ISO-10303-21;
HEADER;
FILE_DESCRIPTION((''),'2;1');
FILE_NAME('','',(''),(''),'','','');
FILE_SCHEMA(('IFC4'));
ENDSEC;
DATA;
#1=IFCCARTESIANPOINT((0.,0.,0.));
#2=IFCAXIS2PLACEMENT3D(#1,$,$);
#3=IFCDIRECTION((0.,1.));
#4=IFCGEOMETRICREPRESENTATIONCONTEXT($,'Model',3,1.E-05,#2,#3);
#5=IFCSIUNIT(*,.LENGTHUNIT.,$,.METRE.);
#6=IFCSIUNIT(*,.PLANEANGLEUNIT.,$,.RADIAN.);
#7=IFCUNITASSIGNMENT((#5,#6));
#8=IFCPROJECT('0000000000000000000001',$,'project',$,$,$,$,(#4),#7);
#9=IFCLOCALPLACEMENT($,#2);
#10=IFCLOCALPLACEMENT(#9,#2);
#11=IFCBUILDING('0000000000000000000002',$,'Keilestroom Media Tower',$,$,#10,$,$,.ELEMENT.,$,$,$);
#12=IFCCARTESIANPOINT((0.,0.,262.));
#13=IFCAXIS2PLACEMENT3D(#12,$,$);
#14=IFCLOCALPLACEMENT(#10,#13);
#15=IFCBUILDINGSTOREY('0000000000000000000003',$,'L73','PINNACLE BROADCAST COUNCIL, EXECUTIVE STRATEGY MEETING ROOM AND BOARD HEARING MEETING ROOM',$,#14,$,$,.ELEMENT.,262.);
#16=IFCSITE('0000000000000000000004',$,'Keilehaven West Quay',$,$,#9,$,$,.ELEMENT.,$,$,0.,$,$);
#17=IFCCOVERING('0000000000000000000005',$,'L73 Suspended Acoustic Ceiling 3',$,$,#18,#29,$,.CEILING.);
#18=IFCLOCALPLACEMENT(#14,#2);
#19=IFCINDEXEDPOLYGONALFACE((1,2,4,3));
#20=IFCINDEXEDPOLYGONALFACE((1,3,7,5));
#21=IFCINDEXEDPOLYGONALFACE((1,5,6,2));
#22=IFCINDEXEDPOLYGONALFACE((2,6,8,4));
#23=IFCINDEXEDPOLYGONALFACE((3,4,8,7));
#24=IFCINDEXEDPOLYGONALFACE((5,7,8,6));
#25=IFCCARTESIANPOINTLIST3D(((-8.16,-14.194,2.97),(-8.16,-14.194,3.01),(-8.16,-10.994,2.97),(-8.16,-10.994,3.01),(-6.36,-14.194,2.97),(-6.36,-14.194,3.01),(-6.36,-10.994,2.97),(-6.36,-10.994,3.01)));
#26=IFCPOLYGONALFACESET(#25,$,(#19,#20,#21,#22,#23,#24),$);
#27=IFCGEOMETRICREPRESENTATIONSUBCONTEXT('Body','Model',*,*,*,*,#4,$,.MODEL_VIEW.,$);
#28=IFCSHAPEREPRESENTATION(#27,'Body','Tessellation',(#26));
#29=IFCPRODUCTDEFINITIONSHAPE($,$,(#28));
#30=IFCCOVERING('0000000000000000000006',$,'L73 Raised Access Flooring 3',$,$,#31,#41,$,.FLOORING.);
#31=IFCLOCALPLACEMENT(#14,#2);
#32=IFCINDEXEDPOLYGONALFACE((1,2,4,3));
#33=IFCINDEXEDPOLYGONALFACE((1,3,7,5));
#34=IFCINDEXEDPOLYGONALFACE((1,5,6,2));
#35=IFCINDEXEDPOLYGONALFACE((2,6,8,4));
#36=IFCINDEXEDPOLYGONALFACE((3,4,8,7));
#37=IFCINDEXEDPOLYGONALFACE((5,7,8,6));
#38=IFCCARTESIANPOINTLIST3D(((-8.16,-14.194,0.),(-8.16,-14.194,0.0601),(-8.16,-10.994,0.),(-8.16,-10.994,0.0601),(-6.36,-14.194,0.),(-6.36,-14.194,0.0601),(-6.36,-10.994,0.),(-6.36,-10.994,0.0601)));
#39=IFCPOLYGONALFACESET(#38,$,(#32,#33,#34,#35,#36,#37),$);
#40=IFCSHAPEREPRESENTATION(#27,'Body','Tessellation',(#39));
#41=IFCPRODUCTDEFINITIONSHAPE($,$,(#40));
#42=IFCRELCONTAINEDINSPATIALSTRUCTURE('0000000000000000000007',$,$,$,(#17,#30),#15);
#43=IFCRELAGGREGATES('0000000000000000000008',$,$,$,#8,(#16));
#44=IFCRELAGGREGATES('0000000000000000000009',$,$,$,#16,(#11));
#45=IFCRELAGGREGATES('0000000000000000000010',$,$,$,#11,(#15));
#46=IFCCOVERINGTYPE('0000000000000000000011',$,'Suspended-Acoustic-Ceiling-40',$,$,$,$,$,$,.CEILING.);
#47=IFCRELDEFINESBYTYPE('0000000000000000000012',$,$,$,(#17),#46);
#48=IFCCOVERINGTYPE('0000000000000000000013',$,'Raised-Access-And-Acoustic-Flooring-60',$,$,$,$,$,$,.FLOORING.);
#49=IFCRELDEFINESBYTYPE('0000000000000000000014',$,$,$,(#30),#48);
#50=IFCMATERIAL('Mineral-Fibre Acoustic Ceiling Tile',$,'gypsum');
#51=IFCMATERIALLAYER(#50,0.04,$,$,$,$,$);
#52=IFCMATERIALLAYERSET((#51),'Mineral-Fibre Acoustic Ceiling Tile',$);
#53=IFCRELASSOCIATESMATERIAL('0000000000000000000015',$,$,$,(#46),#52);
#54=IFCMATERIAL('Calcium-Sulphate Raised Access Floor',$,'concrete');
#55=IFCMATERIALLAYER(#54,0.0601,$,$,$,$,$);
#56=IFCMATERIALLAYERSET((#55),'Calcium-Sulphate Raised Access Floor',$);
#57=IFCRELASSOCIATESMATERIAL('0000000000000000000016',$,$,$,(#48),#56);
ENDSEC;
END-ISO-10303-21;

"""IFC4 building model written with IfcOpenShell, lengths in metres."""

from ifc_helpers import new_model, si_unit, direction, frame, origin, origin_2d, place, context, subcontext, project, spatial, rectangle, extrude, source, transform, mapped, material, layer, layer_set, type_object, element, save


model = new_model("IFC4")

# Units and contexts
model_context = context("Model", 3, precision=1e-05, world=origin(), true_north=direction((0.0, 1.0)))
body_context = subcontext(model_context, "Body", "Model", "MODEL_VIEW")
ifc_project = project(units=[si_unit("LENGTHUNIT", "METRE"), si_unit("PLANEANGLEUNIT", "RADIAN")], contexts=[model_context])

# Site, building, storey
site_placement = place(None, origin())
site = spatial("IfcSite", under=ifc_project, at=site_placement, Name="Keilehaven West Quay", CompositionType="ELEMENT", RefElevation=0.0)
building_placement = place(site_placement, origin())
building = spatial("IfcBuilding", under=site, at=building_placement, Name="Keilestroom Media Tower", CompositionType="ELEMENT")
storey_placement = place(building_placement, frame((0.0, 0.0, 262.0)))
storey = spatial("IfcBuildingStorey", under=building, at=storey_placement, Name="L73", Description="PINNACLE BROADCAST COUNCIL, EXECUTIVE STRATEGY MEETING ROOM AND BOARD HEARING MEETING ROOM", CompositionType="ELEMENT", Elevation=262.0)

# Coverings
ifc_material_1 = material(Name="Mineral-Fibre Acoustic Ceiling Tile", Category="gypsum")
ifc_layer_1 = layer(ifc_material_1, 0.04)
ifc_layer_set_1 = layer_set([ifc_layer_1], Name="Mineral-Fibre Acoustic Ceiling Tile")
covering_type_1 = type_object("IfcCoveringType", Name="Suspended-Acoustic-Ceiling-40", PredefinedType="CEILING", material=ifc_layer_set_1)
shared_shape_1 = source(origin(), body_context, "Body", "SweptSolid", [
    extrude(rectangle(XDim=1.8, YDim=3.2, at=origin_2d()), origin(), (0.0, 0.0, 1.0), 0.04),
])
covering_1_placement = place(storey_placement, frame((-7.26, -12.594, 2.97), z_axis=(0.0, 0.0, 1.0), x_axis=(1.0, 0.0, 0.0)))
element("IfcCovering", 1, at=covering_1_placement, inside=storey, type_object=covering_type_1, Name="L73 Suspended Acoustic Ceiling 3", PredefinedType="CEILING", context=body_context, shape_type="MappedRepresentation", body=[
    mapped(shared_shape_1, transform((0.0, 0.0, 0.0), x_axis=(1.0, 0.0, 0.0), y_axis=(0.0, 1.0, 0.0), z_axis=(0.0, 0.0, 1.0), scale=1.0)),
])
ifc_material_2 = material(Name="Calcium-Sulphate Raised Access Floor", Category="concrete")
ifc_layer_2 = layer(ifc_material_2, 0.0601)
ifc_layer_set_2 = layer_set([ifc_layer_2], Name="Calcium-Sulphate Raised Access Floor")
covering_type_2 = type_object("IfcCoveringType", Name="Raised-Access-And-Acoustic-Flooring-60", PredefinedType="FLOORING", material=ifc_layer_set_2)
shared_shape_2 = source(origin(), body_context, "Body", "SweptSolid", [
    extrude(rectangle(XDim=1.8, YDim=3.2, at=origin_2d()), origin(), (0.0, 0.0, 1.0), 0.0601),
])
covering_2_placement = place(storey_placement, frame((-7.26, -12.594, 0.0), z_axis=(0.0, 0.0, 1.0), x_axis=(1.0, 0.0, 0.0)))
element("IfcCovering", 2, at=covering_2_placement, inside=storey, type_object=covering_type_2, Name="L73 Raised Access Flooring 3", PredefinedType="FLOORING", context=body_context, shape_type="MappedRepresentation", body=[
    mapped(shared_shape_2, transform((0.0, 0.0, 0.0), x_axis=(1.0, 0.0, 0.0), y_axis=(0.0, 1.0, 0.0), z_axis=(0.0, 0.0, 1.0), scale=1.0)),
])

save(model, "model.ifc")
